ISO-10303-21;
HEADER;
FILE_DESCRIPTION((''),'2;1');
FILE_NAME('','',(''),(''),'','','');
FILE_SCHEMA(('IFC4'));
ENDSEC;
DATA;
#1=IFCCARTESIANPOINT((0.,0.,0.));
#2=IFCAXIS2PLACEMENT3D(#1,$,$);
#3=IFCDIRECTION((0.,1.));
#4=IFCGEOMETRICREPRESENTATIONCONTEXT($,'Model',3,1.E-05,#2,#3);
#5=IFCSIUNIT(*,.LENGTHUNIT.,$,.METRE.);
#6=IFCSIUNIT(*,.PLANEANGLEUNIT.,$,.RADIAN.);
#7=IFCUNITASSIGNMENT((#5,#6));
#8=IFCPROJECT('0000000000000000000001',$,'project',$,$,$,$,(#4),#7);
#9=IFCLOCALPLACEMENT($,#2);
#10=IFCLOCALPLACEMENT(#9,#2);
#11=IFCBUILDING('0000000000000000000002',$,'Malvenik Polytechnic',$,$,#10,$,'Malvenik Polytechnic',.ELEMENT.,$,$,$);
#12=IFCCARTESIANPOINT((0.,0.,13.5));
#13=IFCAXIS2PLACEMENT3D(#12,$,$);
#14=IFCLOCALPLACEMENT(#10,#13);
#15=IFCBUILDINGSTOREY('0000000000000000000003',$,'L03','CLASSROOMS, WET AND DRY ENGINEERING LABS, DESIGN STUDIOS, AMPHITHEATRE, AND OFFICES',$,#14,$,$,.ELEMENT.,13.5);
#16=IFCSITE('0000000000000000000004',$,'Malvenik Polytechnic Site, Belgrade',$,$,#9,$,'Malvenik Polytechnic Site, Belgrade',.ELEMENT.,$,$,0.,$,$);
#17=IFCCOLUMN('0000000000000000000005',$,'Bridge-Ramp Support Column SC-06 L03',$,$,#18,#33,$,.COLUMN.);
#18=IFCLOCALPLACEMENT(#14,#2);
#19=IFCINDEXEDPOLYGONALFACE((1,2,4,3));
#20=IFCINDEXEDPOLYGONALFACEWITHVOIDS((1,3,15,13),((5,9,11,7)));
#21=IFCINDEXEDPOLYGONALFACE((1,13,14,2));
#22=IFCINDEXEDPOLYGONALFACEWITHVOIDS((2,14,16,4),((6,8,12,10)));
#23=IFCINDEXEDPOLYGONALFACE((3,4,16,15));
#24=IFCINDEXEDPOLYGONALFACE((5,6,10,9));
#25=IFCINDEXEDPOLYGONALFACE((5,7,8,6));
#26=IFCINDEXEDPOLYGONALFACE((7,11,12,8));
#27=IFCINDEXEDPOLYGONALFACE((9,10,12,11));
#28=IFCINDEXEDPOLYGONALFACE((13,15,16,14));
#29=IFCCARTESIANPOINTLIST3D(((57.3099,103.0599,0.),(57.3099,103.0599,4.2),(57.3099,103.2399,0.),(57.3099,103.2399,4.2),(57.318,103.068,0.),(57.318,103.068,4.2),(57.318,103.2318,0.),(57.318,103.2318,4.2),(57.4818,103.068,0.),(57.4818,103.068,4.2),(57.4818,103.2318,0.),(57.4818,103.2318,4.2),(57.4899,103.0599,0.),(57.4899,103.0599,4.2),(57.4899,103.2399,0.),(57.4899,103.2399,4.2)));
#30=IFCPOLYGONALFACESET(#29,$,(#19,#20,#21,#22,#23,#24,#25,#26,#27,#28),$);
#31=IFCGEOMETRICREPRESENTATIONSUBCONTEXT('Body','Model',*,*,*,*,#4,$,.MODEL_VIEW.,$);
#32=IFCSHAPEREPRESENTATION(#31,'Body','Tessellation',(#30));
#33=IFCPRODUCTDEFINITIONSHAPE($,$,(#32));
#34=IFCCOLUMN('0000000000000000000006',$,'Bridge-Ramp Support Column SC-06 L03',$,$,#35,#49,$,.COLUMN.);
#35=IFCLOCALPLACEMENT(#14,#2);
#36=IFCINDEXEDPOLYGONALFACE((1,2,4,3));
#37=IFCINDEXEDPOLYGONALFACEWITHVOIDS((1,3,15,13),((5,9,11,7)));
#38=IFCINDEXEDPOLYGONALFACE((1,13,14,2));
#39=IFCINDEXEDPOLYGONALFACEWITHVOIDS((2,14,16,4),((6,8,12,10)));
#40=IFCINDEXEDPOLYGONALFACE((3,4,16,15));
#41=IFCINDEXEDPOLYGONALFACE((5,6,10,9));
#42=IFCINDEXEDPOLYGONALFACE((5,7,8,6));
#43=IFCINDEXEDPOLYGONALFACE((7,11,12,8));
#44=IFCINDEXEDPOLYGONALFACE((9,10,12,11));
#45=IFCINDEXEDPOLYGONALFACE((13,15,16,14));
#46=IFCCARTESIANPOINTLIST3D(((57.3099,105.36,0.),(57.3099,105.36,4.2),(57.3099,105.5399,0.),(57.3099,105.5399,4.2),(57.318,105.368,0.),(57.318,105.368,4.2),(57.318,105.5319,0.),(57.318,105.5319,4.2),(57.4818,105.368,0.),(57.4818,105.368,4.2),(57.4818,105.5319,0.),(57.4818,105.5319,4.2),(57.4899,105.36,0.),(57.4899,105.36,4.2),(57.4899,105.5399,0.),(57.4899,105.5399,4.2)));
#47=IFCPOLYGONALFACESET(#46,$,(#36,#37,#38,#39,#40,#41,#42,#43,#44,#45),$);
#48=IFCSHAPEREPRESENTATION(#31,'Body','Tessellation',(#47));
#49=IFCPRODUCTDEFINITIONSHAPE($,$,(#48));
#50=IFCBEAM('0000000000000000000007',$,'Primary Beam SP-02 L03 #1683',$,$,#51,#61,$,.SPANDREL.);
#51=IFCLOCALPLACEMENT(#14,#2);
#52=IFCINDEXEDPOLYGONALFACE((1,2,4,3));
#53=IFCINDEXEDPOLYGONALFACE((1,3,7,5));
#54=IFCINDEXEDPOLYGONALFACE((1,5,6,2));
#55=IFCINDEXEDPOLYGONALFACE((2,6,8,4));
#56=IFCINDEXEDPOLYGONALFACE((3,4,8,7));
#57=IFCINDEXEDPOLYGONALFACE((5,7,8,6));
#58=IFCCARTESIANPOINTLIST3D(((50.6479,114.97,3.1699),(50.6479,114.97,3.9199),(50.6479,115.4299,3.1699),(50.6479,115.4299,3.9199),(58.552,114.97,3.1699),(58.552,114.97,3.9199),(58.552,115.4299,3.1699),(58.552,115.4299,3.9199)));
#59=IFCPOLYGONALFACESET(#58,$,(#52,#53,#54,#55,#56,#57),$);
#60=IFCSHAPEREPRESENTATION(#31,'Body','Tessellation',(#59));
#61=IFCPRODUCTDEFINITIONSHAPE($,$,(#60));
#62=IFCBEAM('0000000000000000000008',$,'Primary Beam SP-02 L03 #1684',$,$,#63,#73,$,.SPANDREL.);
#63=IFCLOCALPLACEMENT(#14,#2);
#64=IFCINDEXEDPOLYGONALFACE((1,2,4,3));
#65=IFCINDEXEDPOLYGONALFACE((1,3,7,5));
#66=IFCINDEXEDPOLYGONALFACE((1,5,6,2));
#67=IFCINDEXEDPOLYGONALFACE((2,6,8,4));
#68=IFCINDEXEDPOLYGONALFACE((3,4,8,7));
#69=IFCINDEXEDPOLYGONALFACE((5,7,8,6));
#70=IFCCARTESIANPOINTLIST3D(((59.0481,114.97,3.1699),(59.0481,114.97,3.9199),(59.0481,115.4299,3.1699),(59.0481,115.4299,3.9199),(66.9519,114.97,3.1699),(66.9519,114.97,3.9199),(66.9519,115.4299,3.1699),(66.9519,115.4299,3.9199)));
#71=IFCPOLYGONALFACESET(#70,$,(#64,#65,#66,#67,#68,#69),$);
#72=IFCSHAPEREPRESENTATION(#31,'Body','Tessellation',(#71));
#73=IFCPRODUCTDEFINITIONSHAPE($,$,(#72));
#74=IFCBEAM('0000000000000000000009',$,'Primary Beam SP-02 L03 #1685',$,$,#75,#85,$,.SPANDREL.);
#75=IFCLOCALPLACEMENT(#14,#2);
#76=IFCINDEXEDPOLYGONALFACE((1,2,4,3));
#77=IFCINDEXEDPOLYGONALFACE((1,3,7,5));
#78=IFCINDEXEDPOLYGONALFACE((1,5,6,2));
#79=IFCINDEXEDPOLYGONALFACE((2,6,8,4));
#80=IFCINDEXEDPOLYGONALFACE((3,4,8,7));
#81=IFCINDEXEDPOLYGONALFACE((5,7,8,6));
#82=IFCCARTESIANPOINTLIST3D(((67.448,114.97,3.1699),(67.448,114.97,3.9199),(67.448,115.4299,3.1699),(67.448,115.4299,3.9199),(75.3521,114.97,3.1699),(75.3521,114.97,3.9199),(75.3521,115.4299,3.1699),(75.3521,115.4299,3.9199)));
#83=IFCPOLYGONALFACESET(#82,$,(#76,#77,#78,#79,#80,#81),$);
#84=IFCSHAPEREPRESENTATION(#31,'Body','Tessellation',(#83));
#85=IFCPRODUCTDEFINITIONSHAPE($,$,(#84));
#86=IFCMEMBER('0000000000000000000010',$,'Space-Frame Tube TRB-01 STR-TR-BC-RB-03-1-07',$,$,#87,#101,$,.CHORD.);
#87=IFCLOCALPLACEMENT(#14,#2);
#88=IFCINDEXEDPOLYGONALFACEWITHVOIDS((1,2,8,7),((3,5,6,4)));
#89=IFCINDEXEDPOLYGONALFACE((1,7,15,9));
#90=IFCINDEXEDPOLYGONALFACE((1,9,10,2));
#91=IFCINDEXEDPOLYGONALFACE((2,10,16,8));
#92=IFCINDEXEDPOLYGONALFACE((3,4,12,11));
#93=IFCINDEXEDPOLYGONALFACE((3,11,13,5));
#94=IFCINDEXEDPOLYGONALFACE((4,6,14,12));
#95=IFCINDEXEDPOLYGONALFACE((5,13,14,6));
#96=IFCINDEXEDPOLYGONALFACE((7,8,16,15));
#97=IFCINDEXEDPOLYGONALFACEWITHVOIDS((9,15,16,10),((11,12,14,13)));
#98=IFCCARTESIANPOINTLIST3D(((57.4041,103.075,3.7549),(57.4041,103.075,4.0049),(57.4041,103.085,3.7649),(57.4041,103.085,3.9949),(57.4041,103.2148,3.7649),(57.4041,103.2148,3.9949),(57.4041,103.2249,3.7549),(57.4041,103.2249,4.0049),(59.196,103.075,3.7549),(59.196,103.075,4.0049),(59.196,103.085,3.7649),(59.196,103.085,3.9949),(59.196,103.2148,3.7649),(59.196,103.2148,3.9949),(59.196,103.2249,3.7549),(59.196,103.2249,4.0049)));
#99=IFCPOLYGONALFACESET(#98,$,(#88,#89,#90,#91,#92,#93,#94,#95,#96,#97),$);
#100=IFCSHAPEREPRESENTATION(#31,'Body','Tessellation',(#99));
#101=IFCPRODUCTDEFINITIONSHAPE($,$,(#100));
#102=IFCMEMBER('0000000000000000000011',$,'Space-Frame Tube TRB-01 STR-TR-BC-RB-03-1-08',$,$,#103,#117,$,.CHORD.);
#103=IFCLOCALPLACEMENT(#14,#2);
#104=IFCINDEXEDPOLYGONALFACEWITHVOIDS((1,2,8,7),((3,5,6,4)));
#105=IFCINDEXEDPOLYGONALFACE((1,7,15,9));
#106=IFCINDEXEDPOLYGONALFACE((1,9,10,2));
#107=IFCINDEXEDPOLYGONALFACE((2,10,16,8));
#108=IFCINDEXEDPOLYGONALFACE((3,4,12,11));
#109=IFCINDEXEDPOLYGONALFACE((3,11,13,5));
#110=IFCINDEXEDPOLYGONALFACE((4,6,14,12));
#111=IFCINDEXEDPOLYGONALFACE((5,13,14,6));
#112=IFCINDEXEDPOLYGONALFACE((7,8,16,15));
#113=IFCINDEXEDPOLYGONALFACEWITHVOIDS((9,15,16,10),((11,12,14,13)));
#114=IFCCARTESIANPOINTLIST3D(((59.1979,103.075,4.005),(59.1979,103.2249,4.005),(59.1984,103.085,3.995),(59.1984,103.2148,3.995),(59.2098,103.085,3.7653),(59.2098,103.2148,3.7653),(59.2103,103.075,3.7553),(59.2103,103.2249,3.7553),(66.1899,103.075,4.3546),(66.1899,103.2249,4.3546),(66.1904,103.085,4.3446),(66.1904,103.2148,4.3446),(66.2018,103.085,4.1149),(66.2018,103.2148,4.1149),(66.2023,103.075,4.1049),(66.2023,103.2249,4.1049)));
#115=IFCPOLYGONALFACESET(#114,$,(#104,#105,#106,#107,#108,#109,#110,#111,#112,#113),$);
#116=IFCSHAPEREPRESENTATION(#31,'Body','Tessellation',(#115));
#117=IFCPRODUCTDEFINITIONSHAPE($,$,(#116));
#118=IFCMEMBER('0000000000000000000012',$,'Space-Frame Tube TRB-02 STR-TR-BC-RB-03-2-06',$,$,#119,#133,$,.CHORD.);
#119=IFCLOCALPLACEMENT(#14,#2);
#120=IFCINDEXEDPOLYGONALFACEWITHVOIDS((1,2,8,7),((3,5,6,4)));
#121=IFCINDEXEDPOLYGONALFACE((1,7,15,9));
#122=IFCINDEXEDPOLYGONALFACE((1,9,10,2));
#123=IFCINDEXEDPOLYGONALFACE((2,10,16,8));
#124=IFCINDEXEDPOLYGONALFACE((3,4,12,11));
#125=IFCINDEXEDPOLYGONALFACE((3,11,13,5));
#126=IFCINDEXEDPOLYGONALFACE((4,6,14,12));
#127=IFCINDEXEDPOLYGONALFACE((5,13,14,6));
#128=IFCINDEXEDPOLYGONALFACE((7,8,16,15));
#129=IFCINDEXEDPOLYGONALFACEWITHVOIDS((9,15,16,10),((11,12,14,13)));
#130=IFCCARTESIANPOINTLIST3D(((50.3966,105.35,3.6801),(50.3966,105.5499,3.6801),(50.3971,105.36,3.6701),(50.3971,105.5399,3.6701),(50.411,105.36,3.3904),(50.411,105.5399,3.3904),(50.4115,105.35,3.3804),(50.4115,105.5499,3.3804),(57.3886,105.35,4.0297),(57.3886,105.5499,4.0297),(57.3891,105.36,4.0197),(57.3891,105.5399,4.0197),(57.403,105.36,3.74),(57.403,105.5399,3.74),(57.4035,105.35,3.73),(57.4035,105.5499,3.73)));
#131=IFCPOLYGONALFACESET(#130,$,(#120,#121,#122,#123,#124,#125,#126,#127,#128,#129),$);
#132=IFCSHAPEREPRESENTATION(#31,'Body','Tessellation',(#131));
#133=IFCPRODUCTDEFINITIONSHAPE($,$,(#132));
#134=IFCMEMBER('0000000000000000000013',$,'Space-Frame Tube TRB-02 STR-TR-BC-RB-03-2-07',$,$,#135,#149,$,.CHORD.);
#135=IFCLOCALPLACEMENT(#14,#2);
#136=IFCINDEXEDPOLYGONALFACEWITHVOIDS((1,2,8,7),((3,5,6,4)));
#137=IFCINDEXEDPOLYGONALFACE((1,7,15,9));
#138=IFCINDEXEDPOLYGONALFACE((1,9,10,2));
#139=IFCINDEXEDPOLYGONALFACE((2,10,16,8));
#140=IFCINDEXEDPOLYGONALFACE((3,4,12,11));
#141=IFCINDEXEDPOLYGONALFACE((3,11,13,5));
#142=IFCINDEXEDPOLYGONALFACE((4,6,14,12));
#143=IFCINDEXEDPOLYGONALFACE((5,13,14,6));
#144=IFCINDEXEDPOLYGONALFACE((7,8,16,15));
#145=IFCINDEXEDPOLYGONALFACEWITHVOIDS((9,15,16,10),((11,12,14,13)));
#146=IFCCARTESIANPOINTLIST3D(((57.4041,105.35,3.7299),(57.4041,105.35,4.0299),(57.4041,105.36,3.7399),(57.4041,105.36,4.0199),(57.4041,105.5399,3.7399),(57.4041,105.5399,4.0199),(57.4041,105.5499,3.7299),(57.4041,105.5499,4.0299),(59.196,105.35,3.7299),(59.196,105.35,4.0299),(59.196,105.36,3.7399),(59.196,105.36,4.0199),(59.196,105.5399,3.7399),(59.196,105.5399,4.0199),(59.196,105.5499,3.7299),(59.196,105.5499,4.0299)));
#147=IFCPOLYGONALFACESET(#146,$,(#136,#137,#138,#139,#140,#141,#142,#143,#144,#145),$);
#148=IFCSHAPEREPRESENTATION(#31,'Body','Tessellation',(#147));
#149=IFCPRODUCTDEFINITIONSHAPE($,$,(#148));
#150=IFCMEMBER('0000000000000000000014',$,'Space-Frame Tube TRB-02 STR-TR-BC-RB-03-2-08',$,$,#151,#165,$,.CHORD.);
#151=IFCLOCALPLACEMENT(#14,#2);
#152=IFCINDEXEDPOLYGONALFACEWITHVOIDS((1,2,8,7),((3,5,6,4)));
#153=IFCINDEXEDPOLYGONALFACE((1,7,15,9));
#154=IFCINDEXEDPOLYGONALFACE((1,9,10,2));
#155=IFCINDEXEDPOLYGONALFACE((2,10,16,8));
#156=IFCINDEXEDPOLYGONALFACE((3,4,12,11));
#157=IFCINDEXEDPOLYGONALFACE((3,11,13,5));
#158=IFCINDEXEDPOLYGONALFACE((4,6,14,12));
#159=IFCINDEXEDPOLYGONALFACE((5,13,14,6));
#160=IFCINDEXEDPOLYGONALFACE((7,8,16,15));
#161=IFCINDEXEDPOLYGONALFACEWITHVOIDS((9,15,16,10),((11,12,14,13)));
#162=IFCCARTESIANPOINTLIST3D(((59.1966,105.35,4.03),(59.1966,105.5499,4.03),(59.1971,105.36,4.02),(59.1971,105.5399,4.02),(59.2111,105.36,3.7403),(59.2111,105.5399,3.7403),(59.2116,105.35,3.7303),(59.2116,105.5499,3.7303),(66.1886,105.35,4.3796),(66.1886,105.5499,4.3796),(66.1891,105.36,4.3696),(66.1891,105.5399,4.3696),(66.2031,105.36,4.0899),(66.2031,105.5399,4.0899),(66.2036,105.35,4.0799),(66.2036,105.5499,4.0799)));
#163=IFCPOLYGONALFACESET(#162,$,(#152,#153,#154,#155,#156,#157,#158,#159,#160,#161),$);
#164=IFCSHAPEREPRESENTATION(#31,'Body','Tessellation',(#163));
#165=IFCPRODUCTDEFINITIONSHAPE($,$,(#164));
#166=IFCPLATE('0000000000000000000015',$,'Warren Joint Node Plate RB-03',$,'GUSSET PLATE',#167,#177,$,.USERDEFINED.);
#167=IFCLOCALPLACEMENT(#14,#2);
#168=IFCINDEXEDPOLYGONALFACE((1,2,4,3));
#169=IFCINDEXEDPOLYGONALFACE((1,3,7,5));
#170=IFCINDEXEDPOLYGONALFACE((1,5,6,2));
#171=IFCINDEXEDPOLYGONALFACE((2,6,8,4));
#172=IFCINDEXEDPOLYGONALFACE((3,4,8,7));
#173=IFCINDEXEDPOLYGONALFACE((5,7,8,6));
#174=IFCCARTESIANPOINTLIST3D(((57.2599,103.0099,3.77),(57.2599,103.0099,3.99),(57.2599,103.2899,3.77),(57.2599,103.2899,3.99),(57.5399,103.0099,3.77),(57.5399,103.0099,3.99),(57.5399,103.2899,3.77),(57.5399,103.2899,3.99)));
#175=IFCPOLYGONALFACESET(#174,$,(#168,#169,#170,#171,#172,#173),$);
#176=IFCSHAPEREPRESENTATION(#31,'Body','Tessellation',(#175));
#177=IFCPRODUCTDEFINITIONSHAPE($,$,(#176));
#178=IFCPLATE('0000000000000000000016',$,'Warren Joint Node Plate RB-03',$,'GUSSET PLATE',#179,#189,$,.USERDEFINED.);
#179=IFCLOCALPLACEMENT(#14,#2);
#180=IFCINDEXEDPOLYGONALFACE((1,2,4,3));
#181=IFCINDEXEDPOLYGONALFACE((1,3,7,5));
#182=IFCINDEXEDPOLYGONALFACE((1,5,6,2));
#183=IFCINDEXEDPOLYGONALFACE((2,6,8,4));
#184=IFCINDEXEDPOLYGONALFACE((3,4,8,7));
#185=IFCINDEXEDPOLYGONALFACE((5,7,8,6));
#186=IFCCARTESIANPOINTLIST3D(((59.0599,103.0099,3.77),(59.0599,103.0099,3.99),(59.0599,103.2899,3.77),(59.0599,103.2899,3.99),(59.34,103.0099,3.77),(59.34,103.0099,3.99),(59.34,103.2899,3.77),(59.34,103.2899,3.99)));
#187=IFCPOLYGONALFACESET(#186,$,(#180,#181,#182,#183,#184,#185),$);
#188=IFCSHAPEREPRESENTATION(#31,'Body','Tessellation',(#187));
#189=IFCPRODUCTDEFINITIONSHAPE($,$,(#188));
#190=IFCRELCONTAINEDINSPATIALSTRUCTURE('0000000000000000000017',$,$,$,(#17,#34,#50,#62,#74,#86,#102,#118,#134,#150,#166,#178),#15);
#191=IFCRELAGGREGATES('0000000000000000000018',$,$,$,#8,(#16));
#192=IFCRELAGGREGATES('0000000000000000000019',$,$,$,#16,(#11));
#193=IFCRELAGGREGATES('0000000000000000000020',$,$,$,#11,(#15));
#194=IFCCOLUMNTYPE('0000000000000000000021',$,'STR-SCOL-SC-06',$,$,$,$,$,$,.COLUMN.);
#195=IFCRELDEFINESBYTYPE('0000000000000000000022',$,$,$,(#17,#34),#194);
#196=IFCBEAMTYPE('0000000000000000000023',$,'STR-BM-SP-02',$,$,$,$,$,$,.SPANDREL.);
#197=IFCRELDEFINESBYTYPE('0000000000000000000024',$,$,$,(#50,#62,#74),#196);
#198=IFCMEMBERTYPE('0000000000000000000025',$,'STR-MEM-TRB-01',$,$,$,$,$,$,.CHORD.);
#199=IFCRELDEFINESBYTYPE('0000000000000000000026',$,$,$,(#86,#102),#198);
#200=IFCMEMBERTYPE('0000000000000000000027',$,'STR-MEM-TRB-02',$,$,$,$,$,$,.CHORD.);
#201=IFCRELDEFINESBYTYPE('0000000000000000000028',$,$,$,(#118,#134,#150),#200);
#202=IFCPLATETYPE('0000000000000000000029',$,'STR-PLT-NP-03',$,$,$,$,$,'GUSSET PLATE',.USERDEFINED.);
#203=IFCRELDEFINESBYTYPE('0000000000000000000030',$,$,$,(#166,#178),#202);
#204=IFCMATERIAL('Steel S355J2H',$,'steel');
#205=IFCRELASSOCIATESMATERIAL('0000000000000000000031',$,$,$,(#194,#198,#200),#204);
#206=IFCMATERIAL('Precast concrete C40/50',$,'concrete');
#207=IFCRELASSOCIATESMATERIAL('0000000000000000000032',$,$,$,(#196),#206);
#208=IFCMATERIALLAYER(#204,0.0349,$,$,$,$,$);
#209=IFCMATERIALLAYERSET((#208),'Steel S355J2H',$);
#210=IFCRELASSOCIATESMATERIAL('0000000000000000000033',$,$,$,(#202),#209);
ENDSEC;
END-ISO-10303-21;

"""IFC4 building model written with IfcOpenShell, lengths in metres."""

from ifc_helpers import new_model, si_unit, direction, frame, origin, origin_2d, place, context, subcontext, project, spatial, rectangle, hollow_rectangle, extrude, material, layer, layer_set, material_profile, profile_set, type_object, element, save


model = new_model("IFC4")

# Units and contexts
model_context = context("Model", 3, precision=1e-05, world=origin(), true_north=direction((0.0, 1.0)))
body_context = subcontext(model_context, "Body", "Model", "MODEL_VIEW")
ifc_project = project(units=[si_unit("LENGTHUNIT", "METRE"), si_unit("PLANEANGLEUNIT", "RADIAN")], contexts=[model_context])

# Site, building, storey
site_placement = place(None, origin())
site = spatial("IfcSite", under=ifc_project, at=site_placement, Name="Malvenik Polytechnic Site, Belgrade", LongName="Malvenik Polytechnic Site, Belgrade", CompositionType="ELEMENT", RefElevation=0.0)
building_placement = place(site_placement, origin())
building = spatial("IfcBuilding", under=site, at=building_placement, Name="Malvenik Polytechnic", LongName="Malvenik Polytechnic", CompositionType="ELEMENT")
storey_placement = place(building_placement, frame((0.0, 0.0, 13.5)))
storey = spatial("IfcBuildingStorey", under=building, at=storey_placement, Name="L03", Description="CLASSROOMS, WET AND DRY ENGINEERING LABS, DESIGN STUDIOS, AMPHITHEATRE, AND OFFICES", CompositionType="ELEMENT", Elevation=13.5)

# Columns
ifc_material_1 = material(Name="Steel S355J2H", Category="steel")
ifc_material_profile_1 = material_profile(ifc_material_1, hollow_rectangle(XDim=0.1799, YDim=0.1799, WallThickness=0.0081, at=origin_2d()), Name="SHS 180x180x8.0")
ifc_profile_set_1 = profile_set([ifc_material_profile_1], Name="Steel S355J2H")
column_type_1 = type_object("IfcColumnType", Name="STR-SCOL-SC-06", PredefinedType="COLUMN", material=ifc_profile_set_1)
for number, where, z_axis, x_axis, name in (
    (1, (57.3999, 103.1499, 0.0), (0.0, 0.0, 1.0), (1.0, 0.0, 0.0), "Bridge-Ramp Support Column SC-06 L03"),
    (2, (57.3999, 105.45, 0.0), (0.0, 0.0, 1.0), (1.0, 0.0, 0.0), "Bridge-Ramp Support Column SC-06 L03"),
):
    element("IfcColumn", number, at=place(storey_placement, frame(where, z_axis=z_axis, x_axis=x_axis)), inside=storey, type_object=column_type_1, Name=name, PredefinedType="COLUMN", context=body_context, shape_type="SweptSolid", body=[
        extrude(hollow_rectangle(XDim=0.1799, YDim=0.1799, WallThickness=0.0081, at=origin_2d()), origin(), (0.0, 0.0, 1.0), 4.2),
    ])

# Beams
ifc_material_2 = material(Name="Precast concrete C40/50", Category="concrete")
ifc_material_profile_2 = material_profile(ifc_material_2, rectangle(XDim=0.46, YDim=0.75, at=origin_2d()), Name="PC SPN 460x750")
ifc_profile_set_2 = profile_set([ifc_material_profile_2], Name="Precast concrete C40/50")
beam_type = type_object("IfcBeamType", Name="STR-BM-SP-02", PredefinedType="SPANDREL", material=ifc_profile_set_2)
beam_1_placement = place(storey_placement, frame((50.6479, 115.2, 3.5449), z_axis=(1.0, 0.0, 0.0), x_axis=(0.0, 1.0, 0.0)))
element("IfcBeam", 3, at=beam_1_placement, inside=storey, type_object=beam_type, Name="Primary Beam SP-02 L03 #1683", PredefinedType="SPANDREL", context=body_context, shape_type="SweptSolid", body=[
    extrude(rectangle(XDim=0.46, YDim=0.75, at=origin_2d()), origin(), (0.0, 0.0, 1.0), 7.9041),
])
beam_2_placement = place(storey_placement, frame((59.0481, 115.2, 3.5449), z_axis=(1.0, 0.0, 0.0), x_axis=(0.0, 1.0, 0.0)))
element("IfcBeam", 4, at=beam_2_placement, inside=storey, type_object=beam_type, Name="Primary Beam SP-02 L03 #1684", PredefinedType="SPANDREL", context=body_context, shape_type="SweptSolid", body=[
    extrude(rectangle(XDim=0.46, YDim=0.75, at=origin_2d()), origin(), (0.0, 0.0, 1.0), 7.9038),
])
beam_3_placement = place(storey_placement, frame((67.448, 115.2, 3.5449), z_axis=(1.0, 0.0, 0.0), x_axis=(0.0, 1.0, 0.0)))
element("IfcBeam", 5, at=beam_3_placement, inside=storey, type_object=beam_type, Name="Primary Beam SP-02 L03 #1685", PredefinedType="SPANDREL", context=body_context, shape_type="SweptSolid", body=[
    extrude(rectangle(XDim=0.46, YDim=0.75, at=origin_2d()), origin(), (0.0, 0.0, 1.0), 7.9041),
])

# Members
ifc_material_profile_3 = material_profile(ifc_material_1, hollow_rectangle(XDim=0.1499, YDim=0.25, WallThickness=0.01, at=origin_2d()), Name="RHS 250x150x10.0")
ifc_profile_set_3 = profile_set([ifc_material_profile_3], Name="Steel S355J2H")
member_type_1 = type_object("IfcMemberType", Name="STR-MEM-TRB-01", PredefinedType="CHORD", material=ifc_profile_set_3)
member_1_placement = place(storey_placement, frame((57.4041, 103.1499, 3.8799), z_axis=(1.0, 0.0, 0.0), x_axis=(0.0, 1.0, 0.0)))
element("IfcMember", 6, at=member_1_placement, inside=storey, type_object=member_type_1, Name="Space-Frame Tube TRB-01 STR-TR-BC-RB-03-1-07", PredefinedType="CHORD", context=body_context, shape_type="SweptSolid", body=[
    extrude(hollow_rectangle(XDim=0.1499, YDim=0.25, WallThickness=0.01, at=origin_2d()), origin(), (0.0, 0.0, 1.0), 1.792),
])
member_2_placement = place(storey_placement, frame((59.2041, 103.1499, 3.8801), z_axis=(0.998752, 0.0, 0.049939), x_axis=(0.0, 1.0, 0.0)))
element("IfcMember", 7, at=member_2_placement, inside=storey, type_object=member_type_1, Name="Space-Frame Tube TRB-01 STR-TR-BC-RB-03-1-08", PredefinedType="CHORD", context=body_context, shape_type="SweptSolid", body=[
    extrude(hollow_rectangle(XDim=0.1499, YDim=0.25, WallThickness=0.01, at=origin_2d()), origin(), (0.0, 0.0, 1.0), 7.0007),
])
ifc_material_profile_4 = material_profile(ifc_material_1, hollow_rectangle(XDim=0.2, YDim=0.3, WallThickness=0.01, at=origin_2d()), Name="RHS 300x200x10.0")
ifc_profile_set_4 = profile_set([ifc_material_profile_4], Name="Steel S355J2H")
member_type_2 = type_object("IfcMemberType", Name="STR-MEM-TRB-02", PredefinedType="CHORD", material=ifc_profile_set_4)
member_3_placement = place(storey_placement, frame((50.4041, 105.45, 3.5303), z_axis=(0.998752, 0.0, 0.049939), x_axis=(0.0, 1.0, 0.0)))
element("IfcMember", 8, at=member_3_placement, inside=storey, type_object=member_type_2, Name="Space-Frame Tube TRB-02 STR-TR-BC-RB-03-2-06", PredefinedType="CHORD", context=body_context, shape_type="SweptSolid", body=[
    extrude(hollow_rectangle(XDim=0.2, YDim=0.3, WallThickness=0.01, at=origin_2d()), origin(), (0.0, 0.0, 1.0), 7.0007),
])
member_4_placement = place(storey_placement, frame((57.4041, 105.45, 3.8799), z_axis=(1.0, 0.0, 0.0), x_axis=(0.0, 1.0, 0.0)))
element("IfcMember", 9, at=member_4_placement, inside=storey, type_object=member_type_2, Name="Space-Frame Tube TRB-02 STR-TR-BC-RB-03-2-07", PredefinedType="CHORD", context=body_context, shape_type="SweptSolid", body=[
    extrude(hollow_rectangle(XDim=0.2, YDim=0.3, WallThickness=0.01, at=origin_2d()), origin(), (0.0, 0.0, 1.0), 1.792),
])
member_5_placement = place(storey_placement, frame((59.2041, 105.45, 3.8801), z_axis=(0.998752, 0.0, 0.049939), x_axis=(0.0, 1.0, 0.0)))
element("IfcMember", 10, at=member_5_placement, inside=storey, type_object=member_type_2, Name="Space-Frame Tube TRB-02 STR-TR-BC-RB-03-2-08", PredefinedType="CHORD", context=body_context, shape_type="SweptSolid", body=[
    extrude(hollow_rectangle(XDim=0.2, YDim=0.3, WallThickness=0.01, at=origin_2d()), origin(), (0.0, 0.0, 1.0), 7.0007),
])

# Plates
ifc_layer = layer(ifc_material_1, 0.0349)
ifc_layer_set = layer_set([ifc_layer], Name="Steel S355J2H")
plate_type = type_object("IfcPlateType", Name="STR-PLT-NP-03", ElementType="GUSSET PLATE", PredefinedType="USERDEFINED", material=ifc_layer_set)
for number, where, z_axis, x_axis, name in (
    (11, (57.3999, 103.1499, 3.77), (0.0, 0.0, 1.0), (1.0, 0.0, 0.0), "Warren Joint Node Plate RB-03"),
    (12, (59.2, 103.1499, 3.77), (0.0, 0.0, 1.0), (1.0, 0.0, 0.0), "Warren Joint Node Plate RB-03"),
):
    element("IfcPlate", number, at=place(storey_placement, frame(where, z_axis=z_axis, x_axis=x_axis)), inside=storey, type_object=plate_type, Name=name, ObjectType="GUSSET PLATE", PredefinedType="USERDEFINED", context=body_context, shape_type="SweptSolid", body=[
        extrude(rectangle(XDim=0.28, YDim=0.28, at=origin_2d()), origin(), (0.0, 0.0, 1.0), 0.22),
    ])

save(model, "model.ifc")
